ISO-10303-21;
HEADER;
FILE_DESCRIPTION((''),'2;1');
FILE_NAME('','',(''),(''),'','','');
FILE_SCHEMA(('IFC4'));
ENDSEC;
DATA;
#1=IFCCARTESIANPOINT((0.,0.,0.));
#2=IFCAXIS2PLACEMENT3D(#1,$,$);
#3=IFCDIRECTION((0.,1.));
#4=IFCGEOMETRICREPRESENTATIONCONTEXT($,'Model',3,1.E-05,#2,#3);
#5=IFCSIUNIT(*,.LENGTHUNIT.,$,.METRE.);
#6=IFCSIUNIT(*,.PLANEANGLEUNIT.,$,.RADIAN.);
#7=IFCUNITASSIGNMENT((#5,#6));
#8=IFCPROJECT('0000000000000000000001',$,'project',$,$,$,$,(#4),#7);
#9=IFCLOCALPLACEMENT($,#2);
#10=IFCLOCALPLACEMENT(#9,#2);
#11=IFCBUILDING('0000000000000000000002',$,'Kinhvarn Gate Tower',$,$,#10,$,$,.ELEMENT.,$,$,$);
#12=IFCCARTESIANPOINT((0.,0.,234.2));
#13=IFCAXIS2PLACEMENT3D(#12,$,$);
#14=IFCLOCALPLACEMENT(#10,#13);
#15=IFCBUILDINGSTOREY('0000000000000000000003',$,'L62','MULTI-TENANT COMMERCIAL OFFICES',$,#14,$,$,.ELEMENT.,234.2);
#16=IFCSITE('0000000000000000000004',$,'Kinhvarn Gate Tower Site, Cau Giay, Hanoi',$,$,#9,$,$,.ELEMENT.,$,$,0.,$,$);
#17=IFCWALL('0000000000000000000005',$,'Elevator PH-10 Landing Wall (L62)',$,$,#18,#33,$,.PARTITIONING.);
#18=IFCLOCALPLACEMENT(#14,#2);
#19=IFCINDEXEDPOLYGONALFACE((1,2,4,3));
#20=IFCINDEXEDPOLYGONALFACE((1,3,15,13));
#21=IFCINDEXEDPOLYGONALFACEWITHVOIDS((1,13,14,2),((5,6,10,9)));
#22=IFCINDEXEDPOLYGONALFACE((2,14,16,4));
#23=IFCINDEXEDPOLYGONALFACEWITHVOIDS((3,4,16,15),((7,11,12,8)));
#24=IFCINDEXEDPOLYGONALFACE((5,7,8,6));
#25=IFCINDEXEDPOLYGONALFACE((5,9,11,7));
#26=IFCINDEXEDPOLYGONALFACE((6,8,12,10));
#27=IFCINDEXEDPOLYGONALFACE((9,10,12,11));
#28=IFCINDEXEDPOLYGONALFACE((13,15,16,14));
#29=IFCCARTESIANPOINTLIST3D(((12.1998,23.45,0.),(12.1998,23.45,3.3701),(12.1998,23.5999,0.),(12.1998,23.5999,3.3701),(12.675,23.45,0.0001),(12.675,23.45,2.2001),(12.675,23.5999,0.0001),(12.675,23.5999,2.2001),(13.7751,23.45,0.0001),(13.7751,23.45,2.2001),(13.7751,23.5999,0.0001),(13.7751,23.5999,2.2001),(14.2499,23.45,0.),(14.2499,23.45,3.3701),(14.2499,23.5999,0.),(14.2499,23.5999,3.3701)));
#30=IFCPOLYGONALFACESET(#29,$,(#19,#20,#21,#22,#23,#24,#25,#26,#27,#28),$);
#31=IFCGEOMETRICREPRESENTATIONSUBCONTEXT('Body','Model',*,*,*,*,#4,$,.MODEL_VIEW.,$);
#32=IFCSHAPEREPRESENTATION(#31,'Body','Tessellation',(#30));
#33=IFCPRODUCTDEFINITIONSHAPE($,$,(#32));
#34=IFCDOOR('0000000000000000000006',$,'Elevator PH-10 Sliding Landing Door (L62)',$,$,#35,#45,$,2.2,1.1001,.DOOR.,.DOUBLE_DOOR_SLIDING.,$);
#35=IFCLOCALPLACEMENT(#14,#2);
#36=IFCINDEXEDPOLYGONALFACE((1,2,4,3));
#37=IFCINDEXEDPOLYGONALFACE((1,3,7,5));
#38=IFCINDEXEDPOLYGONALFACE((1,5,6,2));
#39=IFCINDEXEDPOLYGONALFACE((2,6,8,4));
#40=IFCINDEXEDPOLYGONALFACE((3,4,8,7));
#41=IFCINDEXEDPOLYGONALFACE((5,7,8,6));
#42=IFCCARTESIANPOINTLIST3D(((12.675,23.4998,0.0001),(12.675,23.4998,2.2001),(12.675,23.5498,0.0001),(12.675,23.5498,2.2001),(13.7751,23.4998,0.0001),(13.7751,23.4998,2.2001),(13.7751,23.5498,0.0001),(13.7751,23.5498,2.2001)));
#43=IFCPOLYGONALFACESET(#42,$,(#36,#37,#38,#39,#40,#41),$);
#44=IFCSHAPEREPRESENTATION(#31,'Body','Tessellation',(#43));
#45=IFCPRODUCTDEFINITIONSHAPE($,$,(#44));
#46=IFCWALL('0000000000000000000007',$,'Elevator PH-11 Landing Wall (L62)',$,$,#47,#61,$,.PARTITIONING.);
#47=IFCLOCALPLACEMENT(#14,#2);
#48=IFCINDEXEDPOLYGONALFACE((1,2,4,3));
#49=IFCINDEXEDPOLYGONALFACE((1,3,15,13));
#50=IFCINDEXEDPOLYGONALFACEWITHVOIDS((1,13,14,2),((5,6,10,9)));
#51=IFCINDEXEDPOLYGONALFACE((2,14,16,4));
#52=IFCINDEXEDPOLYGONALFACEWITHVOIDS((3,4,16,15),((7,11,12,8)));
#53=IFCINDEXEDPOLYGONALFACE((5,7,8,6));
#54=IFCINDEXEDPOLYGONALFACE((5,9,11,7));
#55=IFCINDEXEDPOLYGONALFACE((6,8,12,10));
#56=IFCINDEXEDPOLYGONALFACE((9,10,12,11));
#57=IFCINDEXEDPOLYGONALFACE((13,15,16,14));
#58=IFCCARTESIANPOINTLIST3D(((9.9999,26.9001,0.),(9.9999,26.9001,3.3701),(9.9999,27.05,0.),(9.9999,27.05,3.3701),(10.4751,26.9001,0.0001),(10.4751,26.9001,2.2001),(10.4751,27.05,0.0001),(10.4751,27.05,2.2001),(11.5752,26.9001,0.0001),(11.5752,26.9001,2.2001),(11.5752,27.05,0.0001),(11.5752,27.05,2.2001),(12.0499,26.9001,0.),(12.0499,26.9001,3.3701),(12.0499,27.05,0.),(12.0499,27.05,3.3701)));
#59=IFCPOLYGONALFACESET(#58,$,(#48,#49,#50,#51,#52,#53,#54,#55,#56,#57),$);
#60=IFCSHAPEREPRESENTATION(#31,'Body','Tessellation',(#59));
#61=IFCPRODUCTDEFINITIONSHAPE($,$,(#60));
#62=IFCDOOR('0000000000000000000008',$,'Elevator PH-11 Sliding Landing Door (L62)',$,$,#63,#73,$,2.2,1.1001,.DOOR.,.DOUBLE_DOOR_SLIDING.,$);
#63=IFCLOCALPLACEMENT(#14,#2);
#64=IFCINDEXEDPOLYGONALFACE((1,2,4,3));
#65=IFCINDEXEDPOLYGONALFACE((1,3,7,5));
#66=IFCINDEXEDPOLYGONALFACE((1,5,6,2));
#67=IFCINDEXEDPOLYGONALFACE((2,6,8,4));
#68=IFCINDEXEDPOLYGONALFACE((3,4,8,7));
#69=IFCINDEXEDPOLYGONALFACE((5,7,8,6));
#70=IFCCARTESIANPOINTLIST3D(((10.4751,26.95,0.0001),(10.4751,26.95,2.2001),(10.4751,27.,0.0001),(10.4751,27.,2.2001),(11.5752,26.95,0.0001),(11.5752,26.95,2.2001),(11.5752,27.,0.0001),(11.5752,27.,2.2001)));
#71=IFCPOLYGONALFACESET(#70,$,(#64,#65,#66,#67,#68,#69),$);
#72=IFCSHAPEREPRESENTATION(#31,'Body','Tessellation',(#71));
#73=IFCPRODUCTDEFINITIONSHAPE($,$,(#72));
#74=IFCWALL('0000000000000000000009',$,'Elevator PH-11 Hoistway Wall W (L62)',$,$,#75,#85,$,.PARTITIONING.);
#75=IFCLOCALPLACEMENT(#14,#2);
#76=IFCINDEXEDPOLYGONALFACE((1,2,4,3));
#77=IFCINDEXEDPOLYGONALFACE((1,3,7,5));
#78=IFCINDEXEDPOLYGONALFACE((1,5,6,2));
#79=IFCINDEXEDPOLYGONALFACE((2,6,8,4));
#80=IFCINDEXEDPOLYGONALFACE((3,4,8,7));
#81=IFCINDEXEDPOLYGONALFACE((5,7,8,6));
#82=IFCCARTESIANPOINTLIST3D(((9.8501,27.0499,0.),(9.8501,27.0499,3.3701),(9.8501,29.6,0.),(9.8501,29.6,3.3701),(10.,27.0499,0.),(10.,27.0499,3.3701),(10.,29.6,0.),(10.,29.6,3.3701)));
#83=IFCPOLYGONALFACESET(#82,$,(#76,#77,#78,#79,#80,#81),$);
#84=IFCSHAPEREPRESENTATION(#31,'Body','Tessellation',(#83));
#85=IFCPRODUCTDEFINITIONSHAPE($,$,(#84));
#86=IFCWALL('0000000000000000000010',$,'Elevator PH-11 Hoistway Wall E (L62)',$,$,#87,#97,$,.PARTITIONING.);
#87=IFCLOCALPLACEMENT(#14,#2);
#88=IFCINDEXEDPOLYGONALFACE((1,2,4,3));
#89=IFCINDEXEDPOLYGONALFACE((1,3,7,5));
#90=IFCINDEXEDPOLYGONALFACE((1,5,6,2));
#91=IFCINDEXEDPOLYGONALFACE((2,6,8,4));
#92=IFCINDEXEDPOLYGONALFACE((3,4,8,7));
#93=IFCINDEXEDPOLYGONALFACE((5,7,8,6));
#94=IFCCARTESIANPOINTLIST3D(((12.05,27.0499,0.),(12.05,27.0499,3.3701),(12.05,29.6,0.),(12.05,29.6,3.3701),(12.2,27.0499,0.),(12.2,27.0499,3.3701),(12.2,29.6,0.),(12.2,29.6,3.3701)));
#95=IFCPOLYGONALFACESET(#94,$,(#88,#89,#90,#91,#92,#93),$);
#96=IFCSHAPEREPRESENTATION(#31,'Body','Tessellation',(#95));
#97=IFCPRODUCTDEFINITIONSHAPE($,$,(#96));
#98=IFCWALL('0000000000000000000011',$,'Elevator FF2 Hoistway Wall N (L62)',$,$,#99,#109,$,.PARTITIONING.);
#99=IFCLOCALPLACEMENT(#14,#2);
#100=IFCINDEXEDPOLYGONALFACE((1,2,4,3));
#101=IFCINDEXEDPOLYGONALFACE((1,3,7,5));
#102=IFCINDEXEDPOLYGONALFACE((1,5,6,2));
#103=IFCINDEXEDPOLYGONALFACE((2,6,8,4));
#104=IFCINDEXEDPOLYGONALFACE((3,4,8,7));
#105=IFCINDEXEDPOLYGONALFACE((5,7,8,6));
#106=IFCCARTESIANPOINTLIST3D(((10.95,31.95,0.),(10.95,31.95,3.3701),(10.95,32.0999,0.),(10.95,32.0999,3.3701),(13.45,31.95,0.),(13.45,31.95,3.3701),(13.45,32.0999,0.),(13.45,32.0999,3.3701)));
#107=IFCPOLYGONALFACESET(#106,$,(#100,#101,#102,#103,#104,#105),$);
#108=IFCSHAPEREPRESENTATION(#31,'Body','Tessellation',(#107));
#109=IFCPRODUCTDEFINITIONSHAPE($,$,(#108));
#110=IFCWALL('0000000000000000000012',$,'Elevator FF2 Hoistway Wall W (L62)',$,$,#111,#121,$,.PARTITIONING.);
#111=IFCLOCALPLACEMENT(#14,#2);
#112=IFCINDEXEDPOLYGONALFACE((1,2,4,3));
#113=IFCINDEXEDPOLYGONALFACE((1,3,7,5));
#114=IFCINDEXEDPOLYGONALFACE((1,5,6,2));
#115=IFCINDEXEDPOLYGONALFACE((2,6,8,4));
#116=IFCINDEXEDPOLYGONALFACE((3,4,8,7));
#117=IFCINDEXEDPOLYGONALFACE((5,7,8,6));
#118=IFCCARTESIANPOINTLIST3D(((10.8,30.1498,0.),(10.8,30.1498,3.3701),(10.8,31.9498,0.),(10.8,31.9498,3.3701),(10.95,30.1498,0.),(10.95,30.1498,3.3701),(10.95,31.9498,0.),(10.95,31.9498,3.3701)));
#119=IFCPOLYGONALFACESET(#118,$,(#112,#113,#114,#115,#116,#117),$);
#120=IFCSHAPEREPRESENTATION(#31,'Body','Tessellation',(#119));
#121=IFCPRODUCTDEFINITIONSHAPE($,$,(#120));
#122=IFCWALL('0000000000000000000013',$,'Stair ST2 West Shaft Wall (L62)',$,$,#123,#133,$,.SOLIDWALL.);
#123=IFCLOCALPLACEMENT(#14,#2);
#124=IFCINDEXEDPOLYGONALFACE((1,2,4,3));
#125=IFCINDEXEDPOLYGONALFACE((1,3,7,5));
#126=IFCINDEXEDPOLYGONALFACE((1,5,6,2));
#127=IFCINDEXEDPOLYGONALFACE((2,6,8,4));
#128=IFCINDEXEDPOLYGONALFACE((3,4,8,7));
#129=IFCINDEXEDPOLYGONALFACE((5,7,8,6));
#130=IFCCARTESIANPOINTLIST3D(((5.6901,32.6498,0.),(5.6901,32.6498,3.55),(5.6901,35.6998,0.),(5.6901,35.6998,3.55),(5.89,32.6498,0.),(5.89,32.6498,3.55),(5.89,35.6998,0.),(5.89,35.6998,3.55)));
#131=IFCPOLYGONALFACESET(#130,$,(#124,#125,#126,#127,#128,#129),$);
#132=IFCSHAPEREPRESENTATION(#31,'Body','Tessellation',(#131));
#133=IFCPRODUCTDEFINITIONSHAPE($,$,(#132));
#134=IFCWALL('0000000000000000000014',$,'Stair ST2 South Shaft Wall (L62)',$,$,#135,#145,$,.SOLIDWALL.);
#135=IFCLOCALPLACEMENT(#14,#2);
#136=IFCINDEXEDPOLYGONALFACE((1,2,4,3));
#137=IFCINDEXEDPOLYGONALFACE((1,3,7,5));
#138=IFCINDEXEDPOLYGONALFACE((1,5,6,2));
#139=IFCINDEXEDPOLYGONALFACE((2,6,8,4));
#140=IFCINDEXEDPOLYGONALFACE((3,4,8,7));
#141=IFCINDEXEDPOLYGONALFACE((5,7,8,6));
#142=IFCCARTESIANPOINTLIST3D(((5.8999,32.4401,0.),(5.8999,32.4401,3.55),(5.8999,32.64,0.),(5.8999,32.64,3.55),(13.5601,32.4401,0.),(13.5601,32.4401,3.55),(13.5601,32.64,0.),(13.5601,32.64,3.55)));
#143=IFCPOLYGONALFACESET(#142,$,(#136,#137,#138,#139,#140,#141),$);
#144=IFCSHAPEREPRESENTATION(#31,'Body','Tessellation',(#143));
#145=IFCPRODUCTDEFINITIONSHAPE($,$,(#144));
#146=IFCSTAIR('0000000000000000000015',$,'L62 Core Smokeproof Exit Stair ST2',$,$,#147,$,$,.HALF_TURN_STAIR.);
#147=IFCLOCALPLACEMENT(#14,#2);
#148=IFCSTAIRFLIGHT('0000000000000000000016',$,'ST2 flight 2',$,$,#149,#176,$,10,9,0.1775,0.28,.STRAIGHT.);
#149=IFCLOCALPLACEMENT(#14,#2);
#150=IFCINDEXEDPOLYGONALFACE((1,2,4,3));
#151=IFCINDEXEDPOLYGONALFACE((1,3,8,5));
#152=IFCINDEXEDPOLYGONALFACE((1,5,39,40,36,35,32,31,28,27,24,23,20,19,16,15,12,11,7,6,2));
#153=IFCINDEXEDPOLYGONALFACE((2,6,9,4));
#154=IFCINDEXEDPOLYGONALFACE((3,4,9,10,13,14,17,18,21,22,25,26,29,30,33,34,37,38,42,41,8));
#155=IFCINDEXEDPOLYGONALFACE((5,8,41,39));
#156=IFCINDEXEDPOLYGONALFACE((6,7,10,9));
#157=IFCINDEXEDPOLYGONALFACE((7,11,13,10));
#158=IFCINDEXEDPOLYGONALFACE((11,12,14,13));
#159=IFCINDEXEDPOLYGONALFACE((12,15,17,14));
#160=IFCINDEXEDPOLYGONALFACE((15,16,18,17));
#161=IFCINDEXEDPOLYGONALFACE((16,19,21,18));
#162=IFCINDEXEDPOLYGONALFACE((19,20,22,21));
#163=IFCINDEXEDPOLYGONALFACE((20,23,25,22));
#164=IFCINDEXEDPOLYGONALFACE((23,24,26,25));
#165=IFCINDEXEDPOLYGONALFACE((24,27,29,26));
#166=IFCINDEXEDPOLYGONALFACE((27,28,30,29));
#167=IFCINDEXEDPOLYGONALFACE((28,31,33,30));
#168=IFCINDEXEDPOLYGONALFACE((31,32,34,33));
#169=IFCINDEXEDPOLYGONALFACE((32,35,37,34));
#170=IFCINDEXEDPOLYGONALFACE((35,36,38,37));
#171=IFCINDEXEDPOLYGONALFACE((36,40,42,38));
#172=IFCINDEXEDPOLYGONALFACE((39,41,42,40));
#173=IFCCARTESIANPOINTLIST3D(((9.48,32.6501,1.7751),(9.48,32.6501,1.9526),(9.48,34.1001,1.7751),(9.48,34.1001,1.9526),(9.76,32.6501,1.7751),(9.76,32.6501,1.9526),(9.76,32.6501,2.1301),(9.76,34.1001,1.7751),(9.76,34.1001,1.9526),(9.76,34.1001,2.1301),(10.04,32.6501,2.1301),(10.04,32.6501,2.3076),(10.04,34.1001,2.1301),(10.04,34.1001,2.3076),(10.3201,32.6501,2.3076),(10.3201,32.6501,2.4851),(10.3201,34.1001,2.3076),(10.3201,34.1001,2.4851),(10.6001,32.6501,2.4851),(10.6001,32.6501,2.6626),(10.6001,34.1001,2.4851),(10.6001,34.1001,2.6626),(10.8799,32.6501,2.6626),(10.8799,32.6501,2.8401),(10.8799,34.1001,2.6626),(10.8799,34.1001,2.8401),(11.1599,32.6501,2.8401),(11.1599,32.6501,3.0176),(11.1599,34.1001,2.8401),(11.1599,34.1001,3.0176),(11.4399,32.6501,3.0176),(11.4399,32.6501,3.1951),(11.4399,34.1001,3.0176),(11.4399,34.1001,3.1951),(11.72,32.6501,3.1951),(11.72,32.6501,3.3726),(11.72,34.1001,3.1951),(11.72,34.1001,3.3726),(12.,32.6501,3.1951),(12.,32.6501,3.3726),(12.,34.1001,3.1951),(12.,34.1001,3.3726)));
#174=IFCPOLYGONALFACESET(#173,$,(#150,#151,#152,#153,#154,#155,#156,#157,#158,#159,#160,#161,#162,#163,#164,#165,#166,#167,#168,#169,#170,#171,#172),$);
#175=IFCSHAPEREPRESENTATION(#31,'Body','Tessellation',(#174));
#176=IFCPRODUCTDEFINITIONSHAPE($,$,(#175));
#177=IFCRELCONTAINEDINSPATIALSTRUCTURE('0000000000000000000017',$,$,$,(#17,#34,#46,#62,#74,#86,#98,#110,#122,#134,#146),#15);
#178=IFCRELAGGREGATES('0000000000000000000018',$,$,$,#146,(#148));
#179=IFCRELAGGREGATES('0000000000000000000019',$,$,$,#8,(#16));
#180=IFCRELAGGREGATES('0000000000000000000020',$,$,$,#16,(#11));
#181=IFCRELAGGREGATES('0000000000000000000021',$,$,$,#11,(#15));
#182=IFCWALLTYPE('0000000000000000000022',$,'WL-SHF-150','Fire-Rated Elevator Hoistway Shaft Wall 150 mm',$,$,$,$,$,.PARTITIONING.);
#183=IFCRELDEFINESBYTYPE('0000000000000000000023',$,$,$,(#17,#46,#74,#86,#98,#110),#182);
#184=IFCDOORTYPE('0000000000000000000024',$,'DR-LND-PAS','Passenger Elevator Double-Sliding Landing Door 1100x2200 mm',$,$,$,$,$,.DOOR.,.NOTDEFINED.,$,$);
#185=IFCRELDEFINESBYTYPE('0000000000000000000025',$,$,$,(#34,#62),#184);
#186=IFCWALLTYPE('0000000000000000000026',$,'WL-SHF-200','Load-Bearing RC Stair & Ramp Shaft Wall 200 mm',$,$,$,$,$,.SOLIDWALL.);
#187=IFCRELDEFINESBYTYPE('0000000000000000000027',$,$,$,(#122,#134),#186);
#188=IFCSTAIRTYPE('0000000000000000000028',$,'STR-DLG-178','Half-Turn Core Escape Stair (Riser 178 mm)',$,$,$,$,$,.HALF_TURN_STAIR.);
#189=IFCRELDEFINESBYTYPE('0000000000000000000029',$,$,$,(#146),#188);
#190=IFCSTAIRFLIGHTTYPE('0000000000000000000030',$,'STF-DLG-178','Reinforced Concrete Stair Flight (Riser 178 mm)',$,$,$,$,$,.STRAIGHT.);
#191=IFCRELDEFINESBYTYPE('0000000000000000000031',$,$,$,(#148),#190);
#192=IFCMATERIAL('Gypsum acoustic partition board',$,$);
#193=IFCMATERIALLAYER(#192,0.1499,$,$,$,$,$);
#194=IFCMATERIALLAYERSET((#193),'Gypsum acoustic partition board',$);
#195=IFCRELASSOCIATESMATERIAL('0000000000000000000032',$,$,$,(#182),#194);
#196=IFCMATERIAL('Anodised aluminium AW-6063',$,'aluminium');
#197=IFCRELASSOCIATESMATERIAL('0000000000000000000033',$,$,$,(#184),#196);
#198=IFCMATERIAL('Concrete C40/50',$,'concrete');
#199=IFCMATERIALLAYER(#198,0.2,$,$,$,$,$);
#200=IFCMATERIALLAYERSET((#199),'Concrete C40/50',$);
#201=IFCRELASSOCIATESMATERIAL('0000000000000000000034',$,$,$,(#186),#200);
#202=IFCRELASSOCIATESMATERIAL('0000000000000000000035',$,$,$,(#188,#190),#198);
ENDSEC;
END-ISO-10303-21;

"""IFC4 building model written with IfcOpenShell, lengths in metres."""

from ifc_helpers import new_model, si_unit, direction, frame, frame_2d, origin, place, context, subcontext, project, spatial, polyline, rectangle, outline, extrude, material, layer, layer_set, type_object, element, fill, aggregate, save


model = new_model("IFC4")

# Units and contexts
model_context = context("Model", 3, precision=1e-05, world=origin(), true_north=direction((0.0, 1.0)))
body_context = subcontext(model_context, "Body", "Model", "MODEL_VIEW")
ifc_project = project(units=[si_unit("LENGTHUNIT", "METRE"), si_unit("PLANEANGLEUNIT", "RADIAN")], contexts=[model_context])

# Site, building, storey
site_placement = place(None, origin())
site = spatial("IfcSite", under=ifc_project, at=site_placement, Name="Kinhvarn Gate Tower Site, Cau Giay, Hanoi", CompositionType="ELEMENT", RefElevation=0.0)
building_placement = place(site_placement, origin())
building = spatial("IfcBuilding", under=site, at=building_placement, Name="Kinhvarn Gate Tower", CompositionType="ELEMENT")
storey_placement = place(building_placement, frame((0.0, 0.0, 234.2)))
storey = spatial("IfcBuildingStorey", under=building, at=storey_placement, Name="L62", Description="MULTI-TENANT COMMERCIAL OFFICES", CompositionType="ELEMENT", Elevation=234.2)

# Shared definitions
ifc_material_1 = material(Name="Gypsum acoustic partition board")

# Shared definitions
ifc_material_2 = material(Name="Anodised aluminium AW-6063", Category="aluminium")

# Shared definitions
ifc_layer_1 = layer(ifc_material_1, 0.1499)
ifc_layer_set_1 = layer_set([ifc_layer_1], Name="Gypsum acoustic partition board")
wall_type_1 = type_object("IfcWallType", Name="WL-SHF-150", Description="Fire-Rated Elevator Hoistway Shaft Wall 150 mm", PredefinedType="PARTITIONING", material=ifc_layer_set_1)
door_type_1 = type_object("IfcDoorType", Name="DR-LND-PAS", Description="Passenger Elevator Double-Sliding Landing Door 1100x2200 mm", OperationType="NOTDEFINED", PredefinedType="DOOR", material=ifc_material_2)

# Walls, openings, doors
wall_1_placement = place(storey_placement, frame((12.2, 23.5249, 0.0), z_axis=(0.0, 0.0, 1.0), x_axis=(1.0, 0.0, 0.0)))
wall_1 = element("IfcWall", 1, at=wall_1_placement, inside=storey, type_object=wall_type_1, Name="Elevator PH-10 Landing Wall (L62)", PredefinedType="PARTITIONING", context=body_context, shape_type="SweptSolid", body=[
    extrude(rectangle(XDim=2.05, YDim=0.1499, at=frame_2d((1.0249, 0.0))), origin(), (0.0, 0.0, 1.0), 3.3701),
])
opening_1_placement = place(wall_1_placement, frame((0.4751, 0.0, 0.0)))
opening_1 = element("IfcOpeningElement", 2, at=opening_1_placement, cuts=wall_1, PredefinedType="OPENING", context=body_context, shape_type="SweptSolid", body=[
    extrude(rectangle(XDim=1.1001, YDim=2.2, at=frame_2d((0.55, 1.1001))), frame((0.0, 0.085, 0.0), z_axis=(0.0, -1.0, 0.0), x_axis=(1.0, 0.0, 0.0)), (0.0, 0.0, 1.0), 0.1699),
])
door_1_placement = place(opening_1_placement, origin())
door_1 = element("IfcDoor", 3, at=door_1_placement, inside=storey, type_object=door_type_1, Name="Elevator PH-10 Sliding Landing Door (L62)", OperationType="DOUBLE_DOOR_SLIDING", OverallHeight=2.2, OverallWidth=1.1001, PredefinedType="DOOR", context=body_context, shape_type="SweptSolid", body=[
    extrude(rectangle(XDim=1.1001, YDim=2.2, at=frame_2d((0.55, 1.1001))), frame((0.0, 0.0249, 0.0), z_axis=(0.0, -1.0, 0.0), x_axis=(1.0, 0.0, 0.0)), (0.0, 0.0, 1.0), 0.05),
])
fill(opening_1, door_1)
wall_2_placement = place(storey_placement, frame((10.0, 26.9751, 0.0), z_axis=(0.0, 0.0, 1.0), x_axis=(1.0, 0.0, 0.0)))
wall_2 = element("IfcWall", 4, at=wall_2_placement, inside=storey, type_object=wall_type_1, Name="Elevator PH-11 Landing Wall (L62)", PredefinedType="PARTITIONING", context=body_context, shape_type="SweptSolid", body=[
    extrude(rectangle(XDim=2.05, YDim=0.1499, at=frame_2d((1.0249, 0.0))), origin(), (0.0, 0.0, 1.0), 3.3701),
])
opening_2_placement = place(wall_2_placement, frame((0.4751, 0.0, 0.0)))
opening_2 = element("IfcOpeningElement", 5, at=opening_2_placement, cuts=wall_2, PredefinedType="OPENING", context=body_context, shape_type="SweptSolid", body=[
    extrude(rectangle(XDim=1.1001, YDim=2.2, at=frame_2d((0.55, 1.1001))), frame((0.0, 0.085, 0.0), z_axis=(0.0, -1.0, 0.0), x_axis=(1.0, 0.0, 0.0)), (0.0, 0.0, 1.0), 0.1699),
])
door_2_placement = place(opening_2_placement, origin())
door_2 = element("IfcDoor", 6, at=door_2_placement, inside=storey, type_object=door_type_1, Name="Elevator PH-11 Sliding Landing Door (L62)", OperationType="DOUBLE_DOOR_SLIDING", OverallHeight=2.2, OverallWidth=1.1001, PredefinedType="DOOR", context=body_context, shape_type="SweptSolid", body=[
    extrude(rectangle(XDim=1.1001, YDim=2.2, at=frame_2d((0.55, 1.1001))), frame((0.0, 0.0249, 0.0), z_axis=(0.0, -1.0, 0.0), x_axis=(1.0, 0.0, 0.0)), (0.0, 0.0, 1.0), 0.05),
])
fill(opening_2, door_2)

# Walls
for number, where, z_axis, x_axis, name in (
    (7, (9.925, 27.05, 0.0), (0.0, 0.0, 1.0), (0.0, 1.0, 0.0), "Elevator PH-11 Hoistway Wall W (L62)"),
    (8, (12.125, 27.05, 0.0), (0.0, 0.0, 1.0), (0.0, 1.0, 0.0), "Elevator PH-11 Hoistway Wall E (L62)"),
):
    element("IfcWall", number, at=place(storey_placement, frame(where, z_axis=z_axis, x_axis=x_axis)), inside=storey, type_object=wall_type_1, Name=name, PredefinedType="PARTITIONING", context=body_context, shape_type="SweptSolid", body=[
        extrude(rectangle(XDim=2.55, YDim=0.1499, at=frame_2d((1.2749, 0.0))), origin(), (0.0, 0.0, 1.0), 3.3701),
    ])
wall_3_placement = place(storey_placement, frame((10.95, 32.0249, 0.0), z_axis=(0.0, 0.0, 1.0), x_axis=(1.0, 0.0, 0.0)))
element("IfcWall", 9, at=wall_3_placement, inside=storey, type_object=wall_type_1, Name="Elevator FF2 Hoistway Wall N (L62)", PredefinedType="PARTITIONING", context=body_context, shape_type="SweptSolid", body=[
    extrude(rectangle(XDim=2.5, YDim=0.1499, at=frame_2d((1.25, 0.0))), origin(), (0.0, 0.0, 1.0), 3.3701),
])
wall_4_placement = place(storey_placement, frame((10.875, 30.1499, 0.0), z_axis=(0.0, 0.0, 1.0), x_axis=(0.0, 1.0, 0.0)))
element("IfcWall", 10, at=wall_4_placement, inside=storey, type_object=wall_type_1, Name="Elevator FF2 Hoistway Wall W (L62)", PredefinedType="PARTITIONING", context=body_context, shape_type="SweptSolid", body=[
    extrude(rectangle(XDim=1.8, YDim=0.1499, at=frame_2d((0.8999, 0.0))), origin(), (0.0, 0.0, 1.0), 3.3701),
])
ifc_material_3 = material(Name="Concrete C40/50", Category="concrete")
ifc_layer_2 = layer(ifc_material_3, 0.2)
ifc_layer_set_2 = layer_set([ifc_layer_2], Name="Concrete C40/50")
wall_type_2 = type_object("IfcWallType", Name="WL-SHF-200", Description="Load-Bearing RC Stair & Ramp Shaft Wall 200 mm", PredefinedType="SOLIDWALL", material=ifc_layer_set_2)
wall_5_placement = place(storey_placement, frame((5.79, 32.6499, 0.0), z_axis=(0.0, 0.0, 1.0), x_axis=(0.0, 1.0, 0.0)))
element("IfcWall", 11, at=wall_5_placement, inside=storey, type_object=wall_type_2, Name="Stair ST2 West Shaft Wall (L62)", PredefinedType="SOLIDWALL", context=body_context, shape_type="SweptSolid", body=[
    extrude(rectangle(XDim=3.05, YDim=0.2, at=frame_2d((1.5249, 0.0))), origin(), (0.0, 0.0, 1.0), 3.55),
])
wall_6_placement = place(storey_placement, frame((5.8999, 32.54, 0.0), z_axis=(0.0, 0.0, 1.0), x_axis=(1.0, 0.0, 0.0)))
element("IfcWall", 12, at=wall_6_placement, inside=storey, type_object=wall_type_2, Name="Stair ST2 South Shaft Wall (L62)", PredefinedType="SOLIDWALL", context=body_context, shape_type="SweptSolid", body=[
    extrude(rectangle(XDim=7.6602, YDim=0.2, at=frame_2d((3.8301, 0.0))), origin(), (0.0, 0.0, 1.0), 3.55),
])

# Stair, stair flight
stair_type = type_object("IfcStairType", Name="STR-DLG-178", Description="Half-Turn Core Escape Stair (Riser 178 mm)", PredefinedType="HALF_TURN_STAIR", material=ifc_material_3)
stair_placement = place(storey_placement, origin())
stair = element("IfcStair", 13, at=stair_placement, inside=storey, type_object=stair_type, Name="L62 Core Smokeproof Exit Stair ST2", PredefinedType="HALF_TURN_STAIR")
stair_flight_type = type_object("IfcStairFlightType", Name="STF-DLG-178", Description="Reinforced Concrete Stair Flight (Riser 178 mm)", PredefinedType="STRAIGHT", material=ifc_material_3)
stair_flight_placement = place(storey_placement, frame((9.48, 33.375, 1.7751), z_axis=(0.0, 0.0, 1.0), x_axis=(1.0, 0.0, 0.0)))
stair_flight = element("IfcStairFlight", 14, at=stair_flight_placement, type_object=stair_flight_type, Name="ST2 flight 2", NumberOfRisers=10, NumberOfTreads=9, PredefinedType="STRAIGHT", RiserHeight=0.1775, TreadLength=0.28, context=body_context, shape_type="SweptSolid", body=[
    extrude(outline(polyline([(0.0, 0.0), (0.0, 0.1775), (0.28, 0.1775), (0.28, 0.355), (0.5601, 0.355), (0.5601, 0.5325), (0.8401, 0.5325), (0.8401, 0.71), (1.1201, 0.71), (1.1201, 0.8875), (1.3999, 0.8875), (1.3999, 1.0649), (1.6799, 1.0649), (1.6799, 1.2424), (1.96, 1.2424), (1.96, 1.4199), (2.24, 1.4199), (2.24, 1.5974), (2.52, 1.5974), (2.52, 1.7749), (2.52, 1.4199), (0.28, 0.0), (0.0, 0.0)])), frame((0.0, 0.7251, 0.0), z_axis=(0.0, -1.0, 0.0), x_axis=(1.0, 0.0, 0.0)), (0.0, 0.0, 1.0), 1.45),
])
aggregate(stair, [stair_flight])

save(model, "model.ifc")
